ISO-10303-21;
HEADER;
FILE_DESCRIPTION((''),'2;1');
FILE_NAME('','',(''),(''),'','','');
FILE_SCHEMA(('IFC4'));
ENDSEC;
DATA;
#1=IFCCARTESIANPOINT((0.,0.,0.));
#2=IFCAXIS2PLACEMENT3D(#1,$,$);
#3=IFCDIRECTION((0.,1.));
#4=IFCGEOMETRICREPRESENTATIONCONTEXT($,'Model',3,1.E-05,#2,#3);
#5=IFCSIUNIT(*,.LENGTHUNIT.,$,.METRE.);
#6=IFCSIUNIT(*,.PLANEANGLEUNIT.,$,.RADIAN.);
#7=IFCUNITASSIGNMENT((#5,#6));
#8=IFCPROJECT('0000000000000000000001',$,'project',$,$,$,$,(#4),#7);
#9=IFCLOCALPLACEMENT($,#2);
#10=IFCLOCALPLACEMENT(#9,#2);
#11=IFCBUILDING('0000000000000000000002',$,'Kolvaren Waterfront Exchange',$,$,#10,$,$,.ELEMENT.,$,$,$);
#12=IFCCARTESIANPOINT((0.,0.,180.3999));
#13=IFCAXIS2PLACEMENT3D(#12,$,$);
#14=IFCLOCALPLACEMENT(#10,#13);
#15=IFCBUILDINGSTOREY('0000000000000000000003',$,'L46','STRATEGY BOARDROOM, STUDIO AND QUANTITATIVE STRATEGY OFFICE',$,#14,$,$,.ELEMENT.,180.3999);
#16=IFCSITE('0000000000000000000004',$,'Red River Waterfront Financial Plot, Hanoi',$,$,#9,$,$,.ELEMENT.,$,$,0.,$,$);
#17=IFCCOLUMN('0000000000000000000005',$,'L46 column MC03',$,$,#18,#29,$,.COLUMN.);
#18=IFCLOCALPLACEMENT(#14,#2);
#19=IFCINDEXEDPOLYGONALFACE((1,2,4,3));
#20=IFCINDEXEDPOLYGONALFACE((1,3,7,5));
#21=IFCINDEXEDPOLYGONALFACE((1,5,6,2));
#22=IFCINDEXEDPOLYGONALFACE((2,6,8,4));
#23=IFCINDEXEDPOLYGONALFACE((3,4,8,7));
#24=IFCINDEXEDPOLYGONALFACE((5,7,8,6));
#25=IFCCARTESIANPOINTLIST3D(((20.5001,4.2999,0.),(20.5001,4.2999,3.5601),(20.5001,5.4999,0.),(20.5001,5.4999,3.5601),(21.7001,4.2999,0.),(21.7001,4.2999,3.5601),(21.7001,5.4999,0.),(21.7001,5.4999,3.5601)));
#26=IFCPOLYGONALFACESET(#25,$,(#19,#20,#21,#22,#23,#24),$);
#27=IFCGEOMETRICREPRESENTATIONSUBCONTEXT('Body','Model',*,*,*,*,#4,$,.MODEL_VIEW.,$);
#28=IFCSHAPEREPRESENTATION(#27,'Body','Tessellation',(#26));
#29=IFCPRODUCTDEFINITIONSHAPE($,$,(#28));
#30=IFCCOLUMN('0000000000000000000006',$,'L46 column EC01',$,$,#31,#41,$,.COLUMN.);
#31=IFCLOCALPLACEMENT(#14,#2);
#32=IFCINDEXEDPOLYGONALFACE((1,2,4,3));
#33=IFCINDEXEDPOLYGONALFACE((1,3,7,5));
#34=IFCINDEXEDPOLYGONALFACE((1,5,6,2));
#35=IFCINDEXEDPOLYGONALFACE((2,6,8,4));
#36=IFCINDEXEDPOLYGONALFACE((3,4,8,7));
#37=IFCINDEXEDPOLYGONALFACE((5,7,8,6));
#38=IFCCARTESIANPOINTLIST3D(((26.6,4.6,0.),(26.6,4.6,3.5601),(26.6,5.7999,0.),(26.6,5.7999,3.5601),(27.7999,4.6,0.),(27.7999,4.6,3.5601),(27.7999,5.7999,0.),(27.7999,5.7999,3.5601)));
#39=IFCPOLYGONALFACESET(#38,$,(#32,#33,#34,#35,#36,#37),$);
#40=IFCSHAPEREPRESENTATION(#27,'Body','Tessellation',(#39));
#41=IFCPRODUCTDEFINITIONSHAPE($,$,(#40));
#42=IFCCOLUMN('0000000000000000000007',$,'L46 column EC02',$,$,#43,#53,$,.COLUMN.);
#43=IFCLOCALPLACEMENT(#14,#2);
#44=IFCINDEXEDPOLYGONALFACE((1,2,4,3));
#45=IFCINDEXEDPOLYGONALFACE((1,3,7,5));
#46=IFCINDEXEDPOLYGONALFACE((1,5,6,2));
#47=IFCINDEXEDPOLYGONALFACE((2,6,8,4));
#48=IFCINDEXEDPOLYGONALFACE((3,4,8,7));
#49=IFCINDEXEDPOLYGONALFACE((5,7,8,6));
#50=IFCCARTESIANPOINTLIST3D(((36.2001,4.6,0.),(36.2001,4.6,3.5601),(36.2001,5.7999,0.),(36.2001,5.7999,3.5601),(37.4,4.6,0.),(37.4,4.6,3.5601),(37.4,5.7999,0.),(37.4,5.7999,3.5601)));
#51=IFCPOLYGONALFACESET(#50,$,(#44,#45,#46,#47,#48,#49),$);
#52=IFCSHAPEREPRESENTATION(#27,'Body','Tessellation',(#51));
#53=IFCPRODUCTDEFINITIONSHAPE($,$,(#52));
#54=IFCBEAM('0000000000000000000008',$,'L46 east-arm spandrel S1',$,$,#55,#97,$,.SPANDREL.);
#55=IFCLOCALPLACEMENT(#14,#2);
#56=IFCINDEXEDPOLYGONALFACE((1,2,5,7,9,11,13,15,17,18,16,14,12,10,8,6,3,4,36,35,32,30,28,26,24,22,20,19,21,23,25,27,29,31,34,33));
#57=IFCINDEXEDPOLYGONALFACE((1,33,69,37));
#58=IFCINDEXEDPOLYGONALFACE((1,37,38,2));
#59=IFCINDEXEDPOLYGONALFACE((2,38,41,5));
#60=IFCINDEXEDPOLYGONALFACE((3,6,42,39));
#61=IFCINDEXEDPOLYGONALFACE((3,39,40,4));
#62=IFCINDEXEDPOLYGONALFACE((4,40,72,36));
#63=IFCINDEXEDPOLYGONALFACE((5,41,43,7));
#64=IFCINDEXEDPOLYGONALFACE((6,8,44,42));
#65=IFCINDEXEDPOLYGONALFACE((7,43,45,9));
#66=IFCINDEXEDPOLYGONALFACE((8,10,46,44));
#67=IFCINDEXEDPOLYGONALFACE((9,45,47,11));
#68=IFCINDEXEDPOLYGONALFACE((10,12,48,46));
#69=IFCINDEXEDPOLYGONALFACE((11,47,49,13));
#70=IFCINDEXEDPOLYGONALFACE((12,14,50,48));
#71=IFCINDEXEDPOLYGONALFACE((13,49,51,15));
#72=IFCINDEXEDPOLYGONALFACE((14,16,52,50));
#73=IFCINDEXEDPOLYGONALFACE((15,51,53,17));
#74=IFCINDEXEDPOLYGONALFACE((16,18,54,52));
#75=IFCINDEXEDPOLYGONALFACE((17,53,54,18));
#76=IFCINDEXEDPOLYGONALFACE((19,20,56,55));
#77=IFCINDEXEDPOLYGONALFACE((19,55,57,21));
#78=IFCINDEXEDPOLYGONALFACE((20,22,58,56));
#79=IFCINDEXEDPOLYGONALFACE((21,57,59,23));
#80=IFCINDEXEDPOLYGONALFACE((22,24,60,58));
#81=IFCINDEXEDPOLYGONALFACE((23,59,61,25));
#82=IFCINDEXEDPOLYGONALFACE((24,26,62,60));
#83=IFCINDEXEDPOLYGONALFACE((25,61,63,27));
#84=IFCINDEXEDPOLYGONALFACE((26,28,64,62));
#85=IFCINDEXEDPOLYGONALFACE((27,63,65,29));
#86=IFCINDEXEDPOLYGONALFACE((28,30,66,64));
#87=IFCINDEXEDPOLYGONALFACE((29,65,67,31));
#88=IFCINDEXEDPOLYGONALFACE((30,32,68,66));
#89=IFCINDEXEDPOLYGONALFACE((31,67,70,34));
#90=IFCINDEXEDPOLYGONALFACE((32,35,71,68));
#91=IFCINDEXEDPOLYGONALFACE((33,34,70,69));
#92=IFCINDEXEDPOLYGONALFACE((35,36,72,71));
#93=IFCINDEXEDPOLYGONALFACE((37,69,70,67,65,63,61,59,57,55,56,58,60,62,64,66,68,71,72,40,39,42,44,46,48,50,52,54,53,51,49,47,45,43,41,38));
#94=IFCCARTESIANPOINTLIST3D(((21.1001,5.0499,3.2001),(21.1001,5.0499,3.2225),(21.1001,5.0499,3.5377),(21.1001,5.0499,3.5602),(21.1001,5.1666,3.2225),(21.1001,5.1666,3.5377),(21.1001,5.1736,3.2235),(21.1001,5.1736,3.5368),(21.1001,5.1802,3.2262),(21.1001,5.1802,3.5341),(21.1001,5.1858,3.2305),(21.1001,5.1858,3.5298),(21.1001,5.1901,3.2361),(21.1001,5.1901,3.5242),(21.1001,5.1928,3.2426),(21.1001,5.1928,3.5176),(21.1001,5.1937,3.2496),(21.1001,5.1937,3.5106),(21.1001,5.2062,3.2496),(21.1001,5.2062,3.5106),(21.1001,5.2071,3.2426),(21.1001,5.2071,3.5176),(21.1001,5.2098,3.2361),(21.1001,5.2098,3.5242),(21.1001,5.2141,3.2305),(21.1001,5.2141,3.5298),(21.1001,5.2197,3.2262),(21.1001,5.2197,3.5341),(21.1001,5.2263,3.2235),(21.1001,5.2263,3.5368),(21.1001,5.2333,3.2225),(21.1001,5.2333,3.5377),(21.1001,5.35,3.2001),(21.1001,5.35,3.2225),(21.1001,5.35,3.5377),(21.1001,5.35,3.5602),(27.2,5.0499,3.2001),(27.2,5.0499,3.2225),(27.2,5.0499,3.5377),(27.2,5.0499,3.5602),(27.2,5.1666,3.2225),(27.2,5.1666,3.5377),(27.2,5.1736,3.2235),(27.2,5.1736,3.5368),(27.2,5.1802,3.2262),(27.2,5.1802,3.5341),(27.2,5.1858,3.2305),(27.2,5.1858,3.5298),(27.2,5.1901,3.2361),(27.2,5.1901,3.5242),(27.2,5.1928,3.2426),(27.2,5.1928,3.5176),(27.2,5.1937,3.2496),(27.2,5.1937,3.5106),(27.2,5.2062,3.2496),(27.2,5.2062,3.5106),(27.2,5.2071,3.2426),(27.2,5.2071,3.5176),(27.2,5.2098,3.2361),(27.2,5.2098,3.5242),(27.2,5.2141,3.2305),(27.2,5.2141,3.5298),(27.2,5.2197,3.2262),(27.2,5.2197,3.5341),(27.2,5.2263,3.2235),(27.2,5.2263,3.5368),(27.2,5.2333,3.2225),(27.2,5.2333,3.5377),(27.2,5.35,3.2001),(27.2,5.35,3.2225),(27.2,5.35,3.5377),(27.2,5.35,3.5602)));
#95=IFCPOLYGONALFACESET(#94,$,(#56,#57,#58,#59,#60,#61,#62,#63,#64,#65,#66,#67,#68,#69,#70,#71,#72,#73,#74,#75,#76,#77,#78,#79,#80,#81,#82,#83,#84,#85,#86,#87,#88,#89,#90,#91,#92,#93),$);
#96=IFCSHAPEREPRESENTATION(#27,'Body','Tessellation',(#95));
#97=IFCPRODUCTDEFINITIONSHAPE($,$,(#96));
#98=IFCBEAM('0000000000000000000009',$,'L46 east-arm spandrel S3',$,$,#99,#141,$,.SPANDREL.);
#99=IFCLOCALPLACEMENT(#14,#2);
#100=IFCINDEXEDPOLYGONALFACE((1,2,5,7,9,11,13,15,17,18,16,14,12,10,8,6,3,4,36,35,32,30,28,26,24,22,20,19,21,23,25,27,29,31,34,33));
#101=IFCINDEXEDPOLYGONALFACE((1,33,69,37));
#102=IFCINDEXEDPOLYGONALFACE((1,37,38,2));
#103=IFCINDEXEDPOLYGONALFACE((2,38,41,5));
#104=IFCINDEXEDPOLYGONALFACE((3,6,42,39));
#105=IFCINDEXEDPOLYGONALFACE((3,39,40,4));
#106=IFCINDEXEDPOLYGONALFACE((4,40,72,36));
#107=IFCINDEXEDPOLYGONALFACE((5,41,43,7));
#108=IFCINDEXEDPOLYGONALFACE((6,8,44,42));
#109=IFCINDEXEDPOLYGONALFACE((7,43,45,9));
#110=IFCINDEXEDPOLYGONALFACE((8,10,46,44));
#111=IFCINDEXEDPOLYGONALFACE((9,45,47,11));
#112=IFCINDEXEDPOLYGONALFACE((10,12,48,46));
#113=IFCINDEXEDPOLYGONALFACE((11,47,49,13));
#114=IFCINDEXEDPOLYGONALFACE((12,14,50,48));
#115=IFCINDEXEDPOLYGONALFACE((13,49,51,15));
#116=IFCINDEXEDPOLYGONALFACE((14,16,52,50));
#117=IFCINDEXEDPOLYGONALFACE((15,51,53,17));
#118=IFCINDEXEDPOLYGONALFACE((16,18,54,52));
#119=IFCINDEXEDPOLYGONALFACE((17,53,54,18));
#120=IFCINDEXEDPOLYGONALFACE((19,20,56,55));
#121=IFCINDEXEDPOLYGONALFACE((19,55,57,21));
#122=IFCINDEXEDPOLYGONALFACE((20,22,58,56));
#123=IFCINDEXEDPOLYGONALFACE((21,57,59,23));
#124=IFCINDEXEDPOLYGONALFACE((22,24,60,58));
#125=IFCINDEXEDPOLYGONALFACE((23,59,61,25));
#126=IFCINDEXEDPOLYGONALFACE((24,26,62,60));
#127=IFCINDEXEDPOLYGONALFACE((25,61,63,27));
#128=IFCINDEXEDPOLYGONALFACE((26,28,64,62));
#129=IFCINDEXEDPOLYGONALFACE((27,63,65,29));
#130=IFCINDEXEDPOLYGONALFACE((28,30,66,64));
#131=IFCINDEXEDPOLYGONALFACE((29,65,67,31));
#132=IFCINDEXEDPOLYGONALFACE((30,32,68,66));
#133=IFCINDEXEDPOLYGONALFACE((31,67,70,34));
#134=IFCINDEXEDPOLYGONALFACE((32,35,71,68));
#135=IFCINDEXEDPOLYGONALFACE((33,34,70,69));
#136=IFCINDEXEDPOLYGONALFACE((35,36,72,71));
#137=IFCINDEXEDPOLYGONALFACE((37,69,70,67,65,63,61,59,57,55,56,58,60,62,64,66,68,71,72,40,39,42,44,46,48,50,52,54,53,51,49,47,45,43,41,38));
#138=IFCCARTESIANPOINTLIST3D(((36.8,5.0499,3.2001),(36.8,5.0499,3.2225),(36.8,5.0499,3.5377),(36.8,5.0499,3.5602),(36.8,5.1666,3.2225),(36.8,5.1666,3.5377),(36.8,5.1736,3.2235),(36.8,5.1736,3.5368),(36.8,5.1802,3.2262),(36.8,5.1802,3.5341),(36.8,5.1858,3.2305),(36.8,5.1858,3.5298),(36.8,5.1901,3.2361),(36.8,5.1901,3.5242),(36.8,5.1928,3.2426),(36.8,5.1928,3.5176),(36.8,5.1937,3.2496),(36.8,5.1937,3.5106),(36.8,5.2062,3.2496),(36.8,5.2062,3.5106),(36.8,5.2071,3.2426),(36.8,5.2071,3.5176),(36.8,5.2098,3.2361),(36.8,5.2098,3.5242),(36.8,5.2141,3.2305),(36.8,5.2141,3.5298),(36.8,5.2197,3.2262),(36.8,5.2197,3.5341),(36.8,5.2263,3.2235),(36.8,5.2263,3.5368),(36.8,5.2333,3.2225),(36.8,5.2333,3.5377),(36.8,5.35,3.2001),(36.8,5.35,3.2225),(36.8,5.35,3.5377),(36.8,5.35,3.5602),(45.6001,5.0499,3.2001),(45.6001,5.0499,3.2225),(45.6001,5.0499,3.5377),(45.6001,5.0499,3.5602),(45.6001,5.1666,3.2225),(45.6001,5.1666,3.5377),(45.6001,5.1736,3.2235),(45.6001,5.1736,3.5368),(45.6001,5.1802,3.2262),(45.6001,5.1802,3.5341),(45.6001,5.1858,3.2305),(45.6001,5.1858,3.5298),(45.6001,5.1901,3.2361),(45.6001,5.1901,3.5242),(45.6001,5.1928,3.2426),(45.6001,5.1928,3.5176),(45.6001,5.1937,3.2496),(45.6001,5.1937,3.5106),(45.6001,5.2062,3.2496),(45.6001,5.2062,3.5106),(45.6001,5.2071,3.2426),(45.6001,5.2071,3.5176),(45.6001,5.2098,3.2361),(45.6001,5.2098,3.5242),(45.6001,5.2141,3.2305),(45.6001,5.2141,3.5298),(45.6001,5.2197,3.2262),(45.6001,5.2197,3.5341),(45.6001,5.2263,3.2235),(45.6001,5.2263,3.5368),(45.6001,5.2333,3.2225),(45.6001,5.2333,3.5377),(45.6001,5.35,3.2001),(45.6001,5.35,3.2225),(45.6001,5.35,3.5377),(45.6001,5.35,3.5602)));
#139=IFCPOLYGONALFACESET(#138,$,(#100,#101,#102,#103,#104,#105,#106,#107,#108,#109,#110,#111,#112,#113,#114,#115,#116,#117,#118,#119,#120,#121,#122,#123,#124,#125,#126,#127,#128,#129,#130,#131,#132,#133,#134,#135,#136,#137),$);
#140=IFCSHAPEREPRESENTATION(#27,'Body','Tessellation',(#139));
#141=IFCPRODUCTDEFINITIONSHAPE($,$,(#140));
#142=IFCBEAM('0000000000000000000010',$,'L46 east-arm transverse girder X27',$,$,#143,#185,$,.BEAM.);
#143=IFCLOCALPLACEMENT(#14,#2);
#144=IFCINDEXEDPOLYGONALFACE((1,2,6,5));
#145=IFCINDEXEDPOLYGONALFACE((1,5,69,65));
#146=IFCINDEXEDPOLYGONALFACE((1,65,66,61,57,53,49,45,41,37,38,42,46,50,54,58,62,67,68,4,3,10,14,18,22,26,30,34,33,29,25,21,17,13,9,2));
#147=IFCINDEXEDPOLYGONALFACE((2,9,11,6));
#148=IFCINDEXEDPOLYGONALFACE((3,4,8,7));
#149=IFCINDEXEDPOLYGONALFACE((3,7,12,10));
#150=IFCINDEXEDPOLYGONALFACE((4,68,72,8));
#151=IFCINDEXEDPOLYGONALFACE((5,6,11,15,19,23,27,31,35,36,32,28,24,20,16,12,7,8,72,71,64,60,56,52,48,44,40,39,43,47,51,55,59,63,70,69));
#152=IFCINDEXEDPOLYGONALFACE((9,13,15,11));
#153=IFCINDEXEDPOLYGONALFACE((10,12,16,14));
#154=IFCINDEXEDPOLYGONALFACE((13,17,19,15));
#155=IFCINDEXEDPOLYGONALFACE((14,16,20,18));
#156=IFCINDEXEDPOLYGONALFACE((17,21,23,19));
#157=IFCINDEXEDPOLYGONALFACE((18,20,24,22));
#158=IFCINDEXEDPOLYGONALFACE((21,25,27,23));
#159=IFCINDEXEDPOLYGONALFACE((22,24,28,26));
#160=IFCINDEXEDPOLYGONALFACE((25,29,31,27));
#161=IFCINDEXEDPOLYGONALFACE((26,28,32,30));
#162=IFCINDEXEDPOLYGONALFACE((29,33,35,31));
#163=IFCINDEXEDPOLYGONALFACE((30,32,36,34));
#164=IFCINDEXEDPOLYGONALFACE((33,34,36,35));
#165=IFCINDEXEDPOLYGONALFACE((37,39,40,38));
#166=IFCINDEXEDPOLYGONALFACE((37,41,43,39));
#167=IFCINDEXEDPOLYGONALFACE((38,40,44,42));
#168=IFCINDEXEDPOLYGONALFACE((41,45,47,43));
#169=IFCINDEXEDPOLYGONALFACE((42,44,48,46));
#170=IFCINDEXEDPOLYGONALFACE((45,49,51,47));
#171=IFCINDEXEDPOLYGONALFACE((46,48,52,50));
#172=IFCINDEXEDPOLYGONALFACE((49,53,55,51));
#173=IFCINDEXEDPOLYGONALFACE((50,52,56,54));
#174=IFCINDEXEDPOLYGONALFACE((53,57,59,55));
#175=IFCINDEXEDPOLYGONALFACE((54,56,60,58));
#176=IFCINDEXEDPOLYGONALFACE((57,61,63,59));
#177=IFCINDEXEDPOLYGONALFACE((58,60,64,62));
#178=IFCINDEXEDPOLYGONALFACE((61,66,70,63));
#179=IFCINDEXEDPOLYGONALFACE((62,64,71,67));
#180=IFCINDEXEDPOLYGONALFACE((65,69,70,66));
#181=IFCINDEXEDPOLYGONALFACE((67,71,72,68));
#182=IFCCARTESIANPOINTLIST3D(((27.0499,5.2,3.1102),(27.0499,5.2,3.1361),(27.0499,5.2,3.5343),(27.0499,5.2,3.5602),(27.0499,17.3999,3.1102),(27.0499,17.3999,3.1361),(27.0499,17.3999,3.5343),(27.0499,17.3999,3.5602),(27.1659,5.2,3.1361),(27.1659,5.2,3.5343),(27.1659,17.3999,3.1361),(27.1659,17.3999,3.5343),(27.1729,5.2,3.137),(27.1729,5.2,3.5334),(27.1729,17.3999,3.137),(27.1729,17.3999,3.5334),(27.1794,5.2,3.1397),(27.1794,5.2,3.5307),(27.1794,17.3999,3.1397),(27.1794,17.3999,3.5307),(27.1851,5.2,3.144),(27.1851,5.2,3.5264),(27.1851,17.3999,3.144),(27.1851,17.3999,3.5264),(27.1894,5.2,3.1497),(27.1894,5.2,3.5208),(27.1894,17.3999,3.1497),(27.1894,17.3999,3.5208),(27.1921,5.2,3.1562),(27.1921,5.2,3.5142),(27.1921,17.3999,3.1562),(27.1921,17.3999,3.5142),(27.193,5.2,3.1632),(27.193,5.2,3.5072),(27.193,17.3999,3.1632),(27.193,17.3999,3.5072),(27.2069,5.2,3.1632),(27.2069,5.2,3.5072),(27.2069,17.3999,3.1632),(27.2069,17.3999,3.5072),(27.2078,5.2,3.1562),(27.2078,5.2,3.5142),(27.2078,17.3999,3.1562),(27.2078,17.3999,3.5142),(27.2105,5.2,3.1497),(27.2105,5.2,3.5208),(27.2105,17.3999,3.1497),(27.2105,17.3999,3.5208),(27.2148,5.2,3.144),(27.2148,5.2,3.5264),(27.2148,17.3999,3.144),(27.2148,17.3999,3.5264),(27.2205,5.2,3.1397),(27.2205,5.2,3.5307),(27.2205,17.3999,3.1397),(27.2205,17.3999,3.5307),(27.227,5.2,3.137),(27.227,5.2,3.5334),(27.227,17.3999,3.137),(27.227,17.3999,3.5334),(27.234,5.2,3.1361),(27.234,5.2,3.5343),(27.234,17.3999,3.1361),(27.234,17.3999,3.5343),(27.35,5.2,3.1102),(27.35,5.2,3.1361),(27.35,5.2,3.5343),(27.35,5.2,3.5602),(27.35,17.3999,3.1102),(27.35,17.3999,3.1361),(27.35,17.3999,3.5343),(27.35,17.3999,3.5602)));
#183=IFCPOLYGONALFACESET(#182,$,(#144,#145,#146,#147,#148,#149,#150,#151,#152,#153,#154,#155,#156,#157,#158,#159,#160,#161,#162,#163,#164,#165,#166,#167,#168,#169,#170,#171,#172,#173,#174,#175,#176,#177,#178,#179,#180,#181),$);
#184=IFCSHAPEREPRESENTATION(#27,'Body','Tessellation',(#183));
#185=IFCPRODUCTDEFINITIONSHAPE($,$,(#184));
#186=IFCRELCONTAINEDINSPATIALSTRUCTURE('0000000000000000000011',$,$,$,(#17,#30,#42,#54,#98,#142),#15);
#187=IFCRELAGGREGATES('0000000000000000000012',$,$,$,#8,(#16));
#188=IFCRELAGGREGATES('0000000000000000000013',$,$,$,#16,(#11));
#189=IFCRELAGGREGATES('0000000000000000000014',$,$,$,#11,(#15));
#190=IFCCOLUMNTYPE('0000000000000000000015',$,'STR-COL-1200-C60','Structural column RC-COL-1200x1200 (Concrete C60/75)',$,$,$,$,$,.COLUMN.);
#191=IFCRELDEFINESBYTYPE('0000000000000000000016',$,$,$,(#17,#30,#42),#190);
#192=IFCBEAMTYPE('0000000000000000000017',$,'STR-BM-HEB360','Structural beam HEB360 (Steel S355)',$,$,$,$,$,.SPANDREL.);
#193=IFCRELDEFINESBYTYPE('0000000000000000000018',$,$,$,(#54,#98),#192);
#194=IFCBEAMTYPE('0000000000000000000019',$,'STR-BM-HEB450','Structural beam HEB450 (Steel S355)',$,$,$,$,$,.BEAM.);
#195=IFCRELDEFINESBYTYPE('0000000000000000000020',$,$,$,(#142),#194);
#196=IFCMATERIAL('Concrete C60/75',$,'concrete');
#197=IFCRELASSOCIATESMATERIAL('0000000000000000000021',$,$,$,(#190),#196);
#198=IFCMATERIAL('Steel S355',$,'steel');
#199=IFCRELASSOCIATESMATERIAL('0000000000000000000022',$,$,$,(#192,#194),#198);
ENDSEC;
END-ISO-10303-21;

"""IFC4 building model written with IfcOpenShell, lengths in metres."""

from ifc_helpers import new_model, si_unit, direction, frame, origin, origin_2d, place, context, subcontext, project, spatial, rectangle, i_section, extrude, material, material_profile, profile_set, type_object, element, save


model = new_model("IFC4")

# Units and contexts
model_context = context("Model", 3, precision=1e-05, world=origin(), true_north=direction((0.0, 1.0)))
body_context = subcontext(model_context, "Body", "Model", "MODEL_VIEW")
ifc_project = project(units=[si_unit("LENGTHUNIT", "METRE"), si_unit("PLANEANGLEUNIT", "RADIAN")], contexts=[model_context])

# Site, building, storey
site_placement = place(None, origin())
site = spatial("IfcSite", under=ifc_project, at=site_placement, Name="Red River Waterfront Financial Plot, Hanoi", CompositionType="ELEMENT", RefElevation=0.0)
building_placement = place(site_placement, origin())
building = spatial("IfcBuilding", under=site, at=building_placement, Name="Kolvaren Waterfront Exchange", CompositionType="ELEMENT")
storey_placement = place(building_placement, frame((0.0, 0.0, 180.3999)))
storey = spatial("IfcBuildingStorey", under=building, at=storey_placement, Name="L46", Description="STRATEGY BOARDROOM, STUDIO AND QUANTITATIVE STRATEGY OFFICE", CompositionType="ELEMENT", Elevation=180.3999)

# Columns
ifc_material_1 = material(Name="Concrete C60/75", Category="concrete")
ifc_material_profile_1 = material_profile(ifc_material_1, rectangle(XDim=1.2, YDim=1.2, at=origin_2d()), Name="RC-COL-1200x1200")
ifc_profile_set_1 = profile_set([ifc_material_profile_1], Name="Concrete C60/75")
column_type = type_object("IfcColumnType", Name="STR-COL-1200-C60", Description="Structural column RC-COL-1200x1200 (Concrete C60/75)", PredefinedType="COLUMN", material=ifc_profile_set_1)
for number, where, z_axis, x_axis, name in (
    (1, (21.1001, 4.8999, 0.0), (0.0, 0.0, 1.0), (1.0, 0.0, 0.0), "L46 column MC03"),
    (2, (27.2, 5.2, 0.0), (0.0, 0.0, 1.0), (1.0, 0.0, 0.0), "L46 column EC01"),
    (3, (36.8, 5.2, 0.0), (0.0, 0.0, 1.0), (1.0, 0.0, 0.0), "L46 column EC02"),
):
    element("IfcColumn", number, at=place(storey_placement, frame(where, z_axis=z_axis, x_axis=x_axis)), inside=storey, type_object=column_type, Name=name, PredefinedType="COLUMN", context=body_context, shape_type="SweptSolid", body=[
        extrude(rectangle(XDim=1.2, YDim=1.2, at=origin_2d()), origin(), (0.0, 0.0, 1.0), 3.5601),
    ])

# Beams
ifc_material_2 = material(Name="Steel S355", Category="steel")
ifc_material_profile_2 = material_profile(ifc_material_2, i_section(OverallWidth=0.3, OverallDepth=0.3601, WebThickness=0.0125, FlangeThickness=0.0225, FilletRadius=0.0271, at=origin_2d()), Name="HEB360")
ifc_profile_set_2 = profile_set([ifc_material_profile_2], Name="Steel S355")
beam_type_1 = type_object("IfcBeamType", Name="STR-BM-HEB360", Description="Structural beam HEB360 (Steel S355)", PredefinedType="SPANDREL", material=ifc_profile_set_2)
beam_1_placement = place(storey_placement, frame((21.1001, 5.2, 3.3801), z_axis=(1.0, 0.0, 0.0), x_axis=(0.0, 1.0, 0.0)))
element("IfcBeam", 4, at=beam_1_placement, inside=storey, type_object=beam_type_1, Name="L46 east-arm spandrel S1", PredefinedType="SPANDREL", context=body_context, shape_type="SweptSolid", body=[
    extrude(i_section(OverallWidth=0.3, OverallDepth=0.3601, WebThickness=0.0125, FlangeThickness=0.0225, FilletRadius=0.0271, at=origin_2d()), origin(), (0.0, 0.0, 1.0), 6.0999),
])
beam_2_placement = place(storey_placement, frame((36.8, 5.2, 3.3801), z_axis=(1.0, 0.0, 0.0), x_axis=(0.0, 1.0, 0.0)))
element("IfcBeam", 5, at=beam_2_placement, inside=storey, type_object=beam_type_1, Name="L46 east-arm spandrel S3", PredefinedType="SPANDREL", context=body_context, shape_type="SweptSolid", body=[
    extrude(i_section(OverallWidth=0.3, OverallDepth=0.3601, WebThickness=0.0125, FlangeThickness=0.0225, FilletRadius=0.0271, at=origin_2d()), origin(), (0.0, 0.0, 1.0), 8.8),
])
ifc_material_profile_3 = material_profile(ifc_material_2, i_section(OverallWidth=0.3, OverallDepth=0.45, WebThickness=0.0139, FlangeThickness=0.0259, FilletRadius=0.0271, at=origin_2d()), Name="HEB450")
ifc_profile_set_3 = profile_set([ifc_material_profile_3], Name="Steel S355")
beam_type_2 = type_object("IfcBeamType", Name="STR-BM-HEB450", Description="Structural beam HEB450 (Steel S355)", PredefinedType="BEAM", material=ifc_profile_set_3)
for number, where, z_axis, x_axis, name in (
    (6, (27.2, 5.2, 3.3352), (0.0, 1.0, 0.0), (-1.0, 0.0, 0.0), "L46 east-arm transverse girder X27"),
):
    element("IfcBeam", number, at=place(storey_placement, frame(where, z_axis=z_axis, x_axis=x_axis)), inside=storey, type_object=beam_type_2, Name=name, PredefinedType="BEAM", context=body_context, shape_type="SweptSolid", body=[
        extrude(i_section(OverallWidth=0.3, OverallDepth=0.45, WebThickness=0.0139, FlangeThickness=0.0259, FilletRadius=0.0271, at=origin_2d()), origin(), (0.0, 0.0, 1.0), 12.2),
    ])

save(model, "model.ifc")
